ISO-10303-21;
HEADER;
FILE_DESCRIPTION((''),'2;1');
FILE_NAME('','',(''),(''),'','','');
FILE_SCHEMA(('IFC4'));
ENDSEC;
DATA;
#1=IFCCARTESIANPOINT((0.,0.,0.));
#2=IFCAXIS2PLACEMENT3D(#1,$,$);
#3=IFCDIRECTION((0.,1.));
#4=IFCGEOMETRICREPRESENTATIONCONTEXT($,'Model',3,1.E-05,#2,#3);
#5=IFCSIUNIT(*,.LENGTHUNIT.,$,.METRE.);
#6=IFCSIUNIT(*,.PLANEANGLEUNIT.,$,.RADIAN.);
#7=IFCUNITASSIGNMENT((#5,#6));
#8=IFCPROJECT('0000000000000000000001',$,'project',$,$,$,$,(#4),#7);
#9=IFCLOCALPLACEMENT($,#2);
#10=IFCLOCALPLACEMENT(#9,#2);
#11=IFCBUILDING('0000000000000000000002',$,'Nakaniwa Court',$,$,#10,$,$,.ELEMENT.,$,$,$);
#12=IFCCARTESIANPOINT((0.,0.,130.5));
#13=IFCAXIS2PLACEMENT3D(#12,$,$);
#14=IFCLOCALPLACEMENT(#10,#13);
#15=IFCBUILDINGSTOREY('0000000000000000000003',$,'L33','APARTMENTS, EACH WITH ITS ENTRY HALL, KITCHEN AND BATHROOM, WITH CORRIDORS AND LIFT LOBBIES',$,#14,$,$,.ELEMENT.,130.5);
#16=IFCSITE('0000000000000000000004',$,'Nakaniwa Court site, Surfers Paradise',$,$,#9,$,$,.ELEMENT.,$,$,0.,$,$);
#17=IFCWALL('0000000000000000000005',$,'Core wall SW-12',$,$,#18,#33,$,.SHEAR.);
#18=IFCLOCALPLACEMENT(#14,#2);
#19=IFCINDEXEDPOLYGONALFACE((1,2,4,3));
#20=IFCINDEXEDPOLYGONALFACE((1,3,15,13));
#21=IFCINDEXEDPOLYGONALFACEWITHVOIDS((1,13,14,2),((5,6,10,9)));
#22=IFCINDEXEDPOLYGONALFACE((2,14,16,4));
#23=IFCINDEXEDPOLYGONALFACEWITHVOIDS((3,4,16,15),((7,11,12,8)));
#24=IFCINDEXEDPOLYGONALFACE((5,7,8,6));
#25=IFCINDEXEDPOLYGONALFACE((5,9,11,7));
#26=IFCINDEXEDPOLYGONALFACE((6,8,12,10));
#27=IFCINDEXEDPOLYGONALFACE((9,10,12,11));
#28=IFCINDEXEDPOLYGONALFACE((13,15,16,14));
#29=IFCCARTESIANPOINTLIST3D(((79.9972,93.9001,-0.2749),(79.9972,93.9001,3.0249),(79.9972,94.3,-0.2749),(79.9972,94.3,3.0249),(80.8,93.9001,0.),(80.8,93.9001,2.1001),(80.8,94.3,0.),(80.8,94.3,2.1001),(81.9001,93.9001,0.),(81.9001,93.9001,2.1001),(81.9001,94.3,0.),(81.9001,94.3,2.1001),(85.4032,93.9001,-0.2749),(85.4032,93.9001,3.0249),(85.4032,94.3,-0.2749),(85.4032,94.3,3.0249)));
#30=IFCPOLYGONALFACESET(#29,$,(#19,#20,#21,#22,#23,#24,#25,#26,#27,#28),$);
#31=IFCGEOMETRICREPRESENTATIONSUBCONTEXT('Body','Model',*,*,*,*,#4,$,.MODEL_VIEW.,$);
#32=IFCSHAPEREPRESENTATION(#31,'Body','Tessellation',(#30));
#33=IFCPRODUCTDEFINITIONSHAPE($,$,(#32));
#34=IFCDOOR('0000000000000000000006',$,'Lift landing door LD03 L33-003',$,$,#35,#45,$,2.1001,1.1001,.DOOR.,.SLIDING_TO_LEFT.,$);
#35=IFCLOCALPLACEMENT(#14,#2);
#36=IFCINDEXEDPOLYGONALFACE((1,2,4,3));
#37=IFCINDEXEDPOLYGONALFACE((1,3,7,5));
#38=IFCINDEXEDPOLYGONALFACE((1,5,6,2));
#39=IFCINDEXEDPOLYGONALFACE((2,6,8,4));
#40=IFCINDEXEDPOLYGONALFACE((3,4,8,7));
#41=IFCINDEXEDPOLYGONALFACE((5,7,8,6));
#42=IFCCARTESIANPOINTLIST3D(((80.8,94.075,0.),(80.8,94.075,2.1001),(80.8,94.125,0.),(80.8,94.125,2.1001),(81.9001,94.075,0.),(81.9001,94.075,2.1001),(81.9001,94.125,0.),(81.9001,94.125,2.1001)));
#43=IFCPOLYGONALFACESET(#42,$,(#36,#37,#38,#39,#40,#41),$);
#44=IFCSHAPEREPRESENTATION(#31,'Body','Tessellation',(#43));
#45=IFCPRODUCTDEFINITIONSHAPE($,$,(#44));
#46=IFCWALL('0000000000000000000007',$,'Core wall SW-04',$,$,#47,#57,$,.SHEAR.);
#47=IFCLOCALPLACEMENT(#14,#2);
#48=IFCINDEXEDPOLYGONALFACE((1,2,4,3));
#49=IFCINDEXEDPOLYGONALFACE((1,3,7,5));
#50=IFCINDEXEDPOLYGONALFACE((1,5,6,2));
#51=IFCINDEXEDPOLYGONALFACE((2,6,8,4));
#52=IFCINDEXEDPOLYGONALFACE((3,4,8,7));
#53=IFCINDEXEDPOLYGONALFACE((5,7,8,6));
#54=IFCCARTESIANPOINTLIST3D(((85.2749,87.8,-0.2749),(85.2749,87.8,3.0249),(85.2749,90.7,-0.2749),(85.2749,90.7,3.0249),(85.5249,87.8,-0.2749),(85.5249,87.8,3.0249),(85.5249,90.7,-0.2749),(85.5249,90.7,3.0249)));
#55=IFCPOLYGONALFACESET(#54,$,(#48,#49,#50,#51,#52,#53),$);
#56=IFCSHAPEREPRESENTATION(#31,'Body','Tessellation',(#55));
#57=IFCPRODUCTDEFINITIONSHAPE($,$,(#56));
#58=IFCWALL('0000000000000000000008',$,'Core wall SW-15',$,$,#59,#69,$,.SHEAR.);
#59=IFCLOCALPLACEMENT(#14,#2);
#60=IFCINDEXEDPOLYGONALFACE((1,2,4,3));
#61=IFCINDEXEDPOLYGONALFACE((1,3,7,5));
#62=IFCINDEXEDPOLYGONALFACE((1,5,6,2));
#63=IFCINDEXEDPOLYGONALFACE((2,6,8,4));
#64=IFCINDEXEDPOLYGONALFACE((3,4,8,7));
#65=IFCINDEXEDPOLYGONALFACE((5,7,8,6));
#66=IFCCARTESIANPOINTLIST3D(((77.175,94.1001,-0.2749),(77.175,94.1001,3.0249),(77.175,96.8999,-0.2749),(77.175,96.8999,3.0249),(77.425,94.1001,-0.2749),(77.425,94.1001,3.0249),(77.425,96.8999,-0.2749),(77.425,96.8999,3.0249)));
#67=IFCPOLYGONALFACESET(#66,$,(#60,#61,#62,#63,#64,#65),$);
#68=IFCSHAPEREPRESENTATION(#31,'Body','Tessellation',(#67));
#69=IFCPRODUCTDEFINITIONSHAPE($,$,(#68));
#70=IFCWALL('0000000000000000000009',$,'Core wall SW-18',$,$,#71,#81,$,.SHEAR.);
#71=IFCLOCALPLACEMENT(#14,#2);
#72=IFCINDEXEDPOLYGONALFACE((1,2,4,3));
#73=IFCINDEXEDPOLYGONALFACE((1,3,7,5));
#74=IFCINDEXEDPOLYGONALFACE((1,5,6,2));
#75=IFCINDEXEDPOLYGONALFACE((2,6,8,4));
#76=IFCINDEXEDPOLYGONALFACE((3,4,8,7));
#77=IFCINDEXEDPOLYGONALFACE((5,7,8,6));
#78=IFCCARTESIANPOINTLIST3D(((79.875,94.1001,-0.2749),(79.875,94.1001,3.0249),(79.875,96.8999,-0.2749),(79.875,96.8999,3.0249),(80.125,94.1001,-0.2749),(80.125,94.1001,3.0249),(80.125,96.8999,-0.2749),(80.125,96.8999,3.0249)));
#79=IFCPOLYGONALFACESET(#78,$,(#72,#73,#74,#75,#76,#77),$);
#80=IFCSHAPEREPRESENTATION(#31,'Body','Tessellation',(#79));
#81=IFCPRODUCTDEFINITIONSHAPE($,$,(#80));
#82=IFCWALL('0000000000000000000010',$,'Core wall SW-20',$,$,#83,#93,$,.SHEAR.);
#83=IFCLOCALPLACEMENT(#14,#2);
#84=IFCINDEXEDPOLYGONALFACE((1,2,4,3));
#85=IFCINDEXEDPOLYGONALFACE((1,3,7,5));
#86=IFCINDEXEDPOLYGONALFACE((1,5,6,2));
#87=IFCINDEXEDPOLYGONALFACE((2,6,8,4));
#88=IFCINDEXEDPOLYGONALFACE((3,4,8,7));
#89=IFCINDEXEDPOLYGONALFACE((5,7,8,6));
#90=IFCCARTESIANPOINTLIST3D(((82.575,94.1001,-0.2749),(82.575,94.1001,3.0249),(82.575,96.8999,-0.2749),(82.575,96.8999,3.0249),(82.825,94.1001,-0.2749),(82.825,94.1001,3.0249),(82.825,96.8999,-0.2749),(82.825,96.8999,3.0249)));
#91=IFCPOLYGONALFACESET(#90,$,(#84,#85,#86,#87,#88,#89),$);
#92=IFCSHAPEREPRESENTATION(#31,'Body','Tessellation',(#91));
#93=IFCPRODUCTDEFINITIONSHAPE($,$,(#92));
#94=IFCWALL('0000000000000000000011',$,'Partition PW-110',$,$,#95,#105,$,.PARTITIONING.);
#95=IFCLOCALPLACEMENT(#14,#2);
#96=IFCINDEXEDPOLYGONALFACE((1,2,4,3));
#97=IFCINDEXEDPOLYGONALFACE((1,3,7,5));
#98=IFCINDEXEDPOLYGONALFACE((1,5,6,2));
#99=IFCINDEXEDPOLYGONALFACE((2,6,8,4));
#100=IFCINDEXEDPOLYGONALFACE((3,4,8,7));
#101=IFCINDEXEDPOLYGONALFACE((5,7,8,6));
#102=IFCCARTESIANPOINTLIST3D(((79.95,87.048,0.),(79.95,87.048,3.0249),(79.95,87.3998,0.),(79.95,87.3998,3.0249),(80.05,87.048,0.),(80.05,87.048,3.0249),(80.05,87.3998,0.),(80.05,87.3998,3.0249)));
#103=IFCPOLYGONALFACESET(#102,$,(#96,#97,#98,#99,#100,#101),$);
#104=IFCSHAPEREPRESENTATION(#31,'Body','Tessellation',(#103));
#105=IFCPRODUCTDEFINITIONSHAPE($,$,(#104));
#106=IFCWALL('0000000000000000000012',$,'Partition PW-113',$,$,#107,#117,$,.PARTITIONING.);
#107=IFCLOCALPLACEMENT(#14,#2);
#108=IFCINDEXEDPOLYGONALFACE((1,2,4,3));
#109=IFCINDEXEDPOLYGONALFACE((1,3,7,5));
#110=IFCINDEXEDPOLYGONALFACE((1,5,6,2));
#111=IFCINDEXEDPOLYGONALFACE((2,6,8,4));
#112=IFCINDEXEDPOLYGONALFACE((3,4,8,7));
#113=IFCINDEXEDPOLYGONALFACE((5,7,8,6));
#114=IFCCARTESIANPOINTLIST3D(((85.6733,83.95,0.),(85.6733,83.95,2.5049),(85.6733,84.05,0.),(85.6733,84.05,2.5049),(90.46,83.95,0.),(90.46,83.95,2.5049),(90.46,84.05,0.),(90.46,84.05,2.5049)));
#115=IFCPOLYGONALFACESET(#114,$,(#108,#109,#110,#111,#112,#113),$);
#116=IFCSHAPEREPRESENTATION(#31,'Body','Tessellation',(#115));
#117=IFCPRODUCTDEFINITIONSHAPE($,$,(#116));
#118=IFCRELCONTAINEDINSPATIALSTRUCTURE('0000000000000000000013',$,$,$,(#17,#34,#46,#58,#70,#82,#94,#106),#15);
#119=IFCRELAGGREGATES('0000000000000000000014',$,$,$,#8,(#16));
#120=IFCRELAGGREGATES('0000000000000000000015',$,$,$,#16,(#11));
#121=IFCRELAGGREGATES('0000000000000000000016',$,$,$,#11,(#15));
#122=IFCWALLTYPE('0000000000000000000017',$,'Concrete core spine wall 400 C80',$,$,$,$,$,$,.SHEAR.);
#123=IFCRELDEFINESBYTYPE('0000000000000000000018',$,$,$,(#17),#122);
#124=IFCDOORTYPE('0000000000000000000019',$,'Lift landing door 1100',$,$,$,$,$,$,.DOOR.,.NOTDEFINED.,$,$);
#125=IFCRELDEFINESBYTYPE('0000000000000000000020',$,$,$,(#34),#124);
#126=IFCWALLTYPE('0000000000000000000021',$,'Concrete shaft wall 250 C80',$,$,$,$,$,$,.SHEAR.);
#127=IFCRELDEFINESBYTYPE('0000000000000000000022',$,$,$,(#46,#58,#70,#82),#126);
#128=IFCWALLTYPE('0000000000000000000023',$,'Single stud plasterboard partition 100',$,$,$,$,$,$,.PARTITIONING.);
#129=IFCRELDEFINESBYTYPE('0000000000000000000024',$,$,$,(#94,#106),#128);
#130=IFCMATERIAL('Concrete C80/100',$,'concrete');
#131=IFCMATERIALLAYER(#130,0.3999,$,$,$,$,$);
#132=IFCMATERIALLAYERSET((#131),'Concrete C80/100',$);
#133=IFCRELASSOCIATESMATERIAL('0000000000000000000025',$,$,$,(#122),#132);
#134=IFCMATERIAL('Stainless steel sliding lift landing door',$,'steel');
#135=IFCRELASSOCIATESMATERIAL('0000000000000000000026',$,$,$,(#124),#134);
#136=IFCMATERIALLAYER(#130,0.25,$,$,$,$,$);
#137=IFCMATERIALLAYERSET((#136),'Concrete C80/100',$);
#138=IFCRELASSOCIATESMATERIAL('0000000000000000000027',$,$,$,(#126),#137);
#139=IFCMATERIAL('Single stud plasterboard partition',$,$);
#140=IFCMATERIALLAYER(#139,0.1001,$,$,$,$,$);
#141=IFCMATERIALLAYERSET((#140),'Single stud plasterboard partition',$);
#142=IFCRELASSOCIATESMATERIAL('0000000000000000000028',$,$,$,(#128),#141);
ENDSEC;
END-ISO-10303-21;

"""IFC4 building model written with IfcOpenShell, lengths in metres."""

from ifc_helpers import new_model, si_unit, direction, frame, frame_2d, origin, place, context, subcontext, project, spatial, rectangle, extrude, material, layer, layer_set, type_object, element, fill, save


model = new_model("IFC4")

# Units and contexts
model_context = context("Model", 3, precision=1e-05, world=origin(), true_north=direction((0.0, 1.0)))
body_context = subcontext(model_context, "Body", "Model", "MODEL_VIEW")
ifc_project = project(units=[si_unit("LENGTHUNIT", "METRE"), si_unit("PLANEANGLEUNIT", "RADIAN")], contexts=[model_context])

# Site, building, storey
site_placement = place(None, origin())
site = spatial("IfcSite", under=ifc_project, at=site_placement, Name="Nakaniwa Court site, Surfers Paradise", CompositionType="ELEMENT", RefElevation=0.0)
building_placement = place(site_placement, origin())
building = spatial("IfcBuilding", under=site, at=building_placement, Name="Nakaniwa Court", CompositionType="ELEMENT")
storey_placement = place(building_placement, frame((0.0, 0.0, 130.5)))
storey = spatial("IfcBuildingStorey", under=building, at=storey_placement, Name="L33", Description="APARTMENTS, EACH WITH ITS ENTRY HALL, KITCHEN AND BATHROOM, WITH CORRIDORS AND LIFT LOBBIES", CompositionType="ELEMENT", Elevation=130.5)

# Shared definitions
ifc_material_1 = material(Name="Concrete C80/100", Category="concrete")

# Wall, opening, door
ifc_layer_1 = layer(ifc_material_1, 0.3999)
ifc_layer_set_1 = layer_set([ifc_layer_1], Name="Concrete C80/100")
wall_type_1 = type_object("IfcWallType", Name="Concrete core spine wall 400 C80", PredefinedType="SHEAR", material=ifc_layer_set_1)
ifc_material_2 = material(Name="Stainless steel sliding lift landing door", Category="steel")
door_type_1 = type_object("IfcDoorType", Name="Lift landing door 1100", OperationType="NOTDEFINED", PredefinedType="DOOR", material=ifc_material_2)
wall_1_placement = place(storey_placement, frame((79.9971, 94.1001, -0.2749), z_axis=(0.0, 0.0, 1.0), x_axis=(1.0, 0.0, 0.0)))
wall_1 = element("IfcWall", 1, at=wall_1_placement, inside=storey, type_object=wall_type_1, Name="Core wall SW-12", PredefinedType="SHEAR", context=body_context, shape_type="SweptSolid", body=[
    extrude(rectangle(XDim=5.406, YDim=0.3999, at=frame_2d((2.7031, 0.0))), origin(), (0.0, 0.0, 1.0), 3.2998),
])
opening_1_placement = place(wall_1_placement, frame((0.803, 0.0, 0.2749)))
opening_1 = element("IfcOpeningElement", 2, at=opening_1_placement, cuts=wall_1, PredefinedType="OPENING", context=body_context, shape_type="SweptSolid", body=[
    extrude(rectangle(XDim=1.1001, YDim=2.1001, at=frame_2d((0.55, 1.05))), frame((0.0, 0.21, 0.0), z_axis=(0.0, -1.0, 0.0), x_axis=(1.0, 0.0, 0.0)), (0.0, 0.0, 1.0), 0.4199),
])
door_1_placement = place(opening_1_placement, origin())
door_1 = element("IfcDoor", 3, at=door_1_placement, inside=storey, type_object=door_type_1, Name="Lift landing door LD03 L33-003", OperationType="SLIDING_TO_LEFT", OverallHeight=2.1001, OverallWidth=1.1001, PredefinedType="DOOR", context=body_context, shape_type="SweptSolid", body=[
    extrude(rectangle(XDim=1.1001, YDim=2.1001, at=frame_2d((0.55, 1.05))), frame((0.0, 0.0249, 0.0), z_axis=(0.0, -1.0, 0.0), x_axis=(1.0, 0.0, 0.0)), (0.0, 0.0, 1.0), 0.05),
])
fill(opening_1, door_1)

# Walls
ifc_layer_2 = layer(ifc_material_1, 0.25)
ifc_layer_set_2 = layer_set([ifc_layer_2], Name="Concrete C80/100")
wall_type_2 = type_object("IfcWallType", Name="Concrete shaft wall 250 C80", PredefinedType="SHEAR", material=ifc_layer_set_2)
wall_2_placement = place(storey_placement, frame((85.3999, 87.8, -0.2749), z_axis=(0.0, 0.0, 1.0), x_axis=(0.0, 1.0, 0.0)))
element("IfcWall", 4, at=wall_2_placement, inside=storey, type_object=wall_type_2, Name="Core wall SW-04", PredefinedType="SHEAR", context=body_context, shape_type="SweptSolid", body=[
    extrude(rectangle(XDim=2.8999, YDim=0.25, at=frame_2d((1.45, 0.0))), origin(), (0.0, 0.0, 1.0), 3.2998),
])
for number, where, z_axis, x_axis, name in (
    (5, (77.3, 94.1001, -0.2749), (0.0, 0.0, 1.0), (0.0, 1.0, 0.0), "Core wall SW-15"),
    (6, (80.0, 94.1001, -0.2749), (0.0, 0.0, 1.0), (0.0, 1.0, 0.0), "Core wall SW-18"),
    (7, (82.7, 94.1001, -0.2749), (0.0, 0.0, 1.0), (0.0, 1.0, 0.0), "Core wall SW-20"),
):
    element("IfcWall", number, at=place(storey_placement, frame(where, z_axis=z_axis, x_axis=x_axis)), inside=storey, type_object=wall_type_2, Name=name, PredefinedType="SHEAR", context=body_context, shape_type="SweptSolid", body=[
        extrude(rectangle(XDim=2.7998, YDim=0.25, at=frame_2d((1.3999, 0.0))), origin(), (0.0, 0.0, 1.0), 3.2998),
    ])
ifc_material_3 = material(Name="Single stud plasterboard partition")
ifc_layer_3 = layer(ifc_material_3, 0.1001)
ifc_layer_set_3 = layer_set([ifc_layer_3], Name="Single stud plasterboard partition")
wall_type_3 = type_object("IfcWallType", Name="Single stud plasterboard partition 100", PredefinedType="PARTITIONING", material=ifc_layer_set_3)
wall_3_placement = place(storey_placement, frame((80.0, 87.0481, 0.0), z_axis=(0.0, 0.0, 1.0), x_axis=(0.0, 1.0, 0.0)))
element("IfcWall", 8, at=wall_3_placement, inside=storey, type_object=wall_type_3, Name="Partition PW-110", PredefinedType="PARTITIONING", context=body_context, shape_type="SweptSolid", body=[
    extrude(rectangle(XDim=0.3518, YDim=0.1001, at=frame_2d((0.1758, 0.0))), origin(), (0.0, 0.0, 1.0), 3.0249),
])
wall_4_placement = place(storey_placement, frame((85.6733, 84.0, 0.0), z_axis=(0.0, 0.0, 1.0), x_axis=(1.0, 0.0, 0.0)))
element("IfcWall", 9, at=wall_4_placement, inside=storey, type_object=wall_type_3, Name="Partition PW-113", PredefinedType="PARTITIONING", context=body_context, shape_type="SweptSolid", body=[
    extrude(rectangle(XDim=4.7866, YDim=0.1001, at=frame_2d((2.3933, 0.0))), origin(), (0.0, 0.0, 1.0), 2.5049),
])

save(model, "model.ifc")
